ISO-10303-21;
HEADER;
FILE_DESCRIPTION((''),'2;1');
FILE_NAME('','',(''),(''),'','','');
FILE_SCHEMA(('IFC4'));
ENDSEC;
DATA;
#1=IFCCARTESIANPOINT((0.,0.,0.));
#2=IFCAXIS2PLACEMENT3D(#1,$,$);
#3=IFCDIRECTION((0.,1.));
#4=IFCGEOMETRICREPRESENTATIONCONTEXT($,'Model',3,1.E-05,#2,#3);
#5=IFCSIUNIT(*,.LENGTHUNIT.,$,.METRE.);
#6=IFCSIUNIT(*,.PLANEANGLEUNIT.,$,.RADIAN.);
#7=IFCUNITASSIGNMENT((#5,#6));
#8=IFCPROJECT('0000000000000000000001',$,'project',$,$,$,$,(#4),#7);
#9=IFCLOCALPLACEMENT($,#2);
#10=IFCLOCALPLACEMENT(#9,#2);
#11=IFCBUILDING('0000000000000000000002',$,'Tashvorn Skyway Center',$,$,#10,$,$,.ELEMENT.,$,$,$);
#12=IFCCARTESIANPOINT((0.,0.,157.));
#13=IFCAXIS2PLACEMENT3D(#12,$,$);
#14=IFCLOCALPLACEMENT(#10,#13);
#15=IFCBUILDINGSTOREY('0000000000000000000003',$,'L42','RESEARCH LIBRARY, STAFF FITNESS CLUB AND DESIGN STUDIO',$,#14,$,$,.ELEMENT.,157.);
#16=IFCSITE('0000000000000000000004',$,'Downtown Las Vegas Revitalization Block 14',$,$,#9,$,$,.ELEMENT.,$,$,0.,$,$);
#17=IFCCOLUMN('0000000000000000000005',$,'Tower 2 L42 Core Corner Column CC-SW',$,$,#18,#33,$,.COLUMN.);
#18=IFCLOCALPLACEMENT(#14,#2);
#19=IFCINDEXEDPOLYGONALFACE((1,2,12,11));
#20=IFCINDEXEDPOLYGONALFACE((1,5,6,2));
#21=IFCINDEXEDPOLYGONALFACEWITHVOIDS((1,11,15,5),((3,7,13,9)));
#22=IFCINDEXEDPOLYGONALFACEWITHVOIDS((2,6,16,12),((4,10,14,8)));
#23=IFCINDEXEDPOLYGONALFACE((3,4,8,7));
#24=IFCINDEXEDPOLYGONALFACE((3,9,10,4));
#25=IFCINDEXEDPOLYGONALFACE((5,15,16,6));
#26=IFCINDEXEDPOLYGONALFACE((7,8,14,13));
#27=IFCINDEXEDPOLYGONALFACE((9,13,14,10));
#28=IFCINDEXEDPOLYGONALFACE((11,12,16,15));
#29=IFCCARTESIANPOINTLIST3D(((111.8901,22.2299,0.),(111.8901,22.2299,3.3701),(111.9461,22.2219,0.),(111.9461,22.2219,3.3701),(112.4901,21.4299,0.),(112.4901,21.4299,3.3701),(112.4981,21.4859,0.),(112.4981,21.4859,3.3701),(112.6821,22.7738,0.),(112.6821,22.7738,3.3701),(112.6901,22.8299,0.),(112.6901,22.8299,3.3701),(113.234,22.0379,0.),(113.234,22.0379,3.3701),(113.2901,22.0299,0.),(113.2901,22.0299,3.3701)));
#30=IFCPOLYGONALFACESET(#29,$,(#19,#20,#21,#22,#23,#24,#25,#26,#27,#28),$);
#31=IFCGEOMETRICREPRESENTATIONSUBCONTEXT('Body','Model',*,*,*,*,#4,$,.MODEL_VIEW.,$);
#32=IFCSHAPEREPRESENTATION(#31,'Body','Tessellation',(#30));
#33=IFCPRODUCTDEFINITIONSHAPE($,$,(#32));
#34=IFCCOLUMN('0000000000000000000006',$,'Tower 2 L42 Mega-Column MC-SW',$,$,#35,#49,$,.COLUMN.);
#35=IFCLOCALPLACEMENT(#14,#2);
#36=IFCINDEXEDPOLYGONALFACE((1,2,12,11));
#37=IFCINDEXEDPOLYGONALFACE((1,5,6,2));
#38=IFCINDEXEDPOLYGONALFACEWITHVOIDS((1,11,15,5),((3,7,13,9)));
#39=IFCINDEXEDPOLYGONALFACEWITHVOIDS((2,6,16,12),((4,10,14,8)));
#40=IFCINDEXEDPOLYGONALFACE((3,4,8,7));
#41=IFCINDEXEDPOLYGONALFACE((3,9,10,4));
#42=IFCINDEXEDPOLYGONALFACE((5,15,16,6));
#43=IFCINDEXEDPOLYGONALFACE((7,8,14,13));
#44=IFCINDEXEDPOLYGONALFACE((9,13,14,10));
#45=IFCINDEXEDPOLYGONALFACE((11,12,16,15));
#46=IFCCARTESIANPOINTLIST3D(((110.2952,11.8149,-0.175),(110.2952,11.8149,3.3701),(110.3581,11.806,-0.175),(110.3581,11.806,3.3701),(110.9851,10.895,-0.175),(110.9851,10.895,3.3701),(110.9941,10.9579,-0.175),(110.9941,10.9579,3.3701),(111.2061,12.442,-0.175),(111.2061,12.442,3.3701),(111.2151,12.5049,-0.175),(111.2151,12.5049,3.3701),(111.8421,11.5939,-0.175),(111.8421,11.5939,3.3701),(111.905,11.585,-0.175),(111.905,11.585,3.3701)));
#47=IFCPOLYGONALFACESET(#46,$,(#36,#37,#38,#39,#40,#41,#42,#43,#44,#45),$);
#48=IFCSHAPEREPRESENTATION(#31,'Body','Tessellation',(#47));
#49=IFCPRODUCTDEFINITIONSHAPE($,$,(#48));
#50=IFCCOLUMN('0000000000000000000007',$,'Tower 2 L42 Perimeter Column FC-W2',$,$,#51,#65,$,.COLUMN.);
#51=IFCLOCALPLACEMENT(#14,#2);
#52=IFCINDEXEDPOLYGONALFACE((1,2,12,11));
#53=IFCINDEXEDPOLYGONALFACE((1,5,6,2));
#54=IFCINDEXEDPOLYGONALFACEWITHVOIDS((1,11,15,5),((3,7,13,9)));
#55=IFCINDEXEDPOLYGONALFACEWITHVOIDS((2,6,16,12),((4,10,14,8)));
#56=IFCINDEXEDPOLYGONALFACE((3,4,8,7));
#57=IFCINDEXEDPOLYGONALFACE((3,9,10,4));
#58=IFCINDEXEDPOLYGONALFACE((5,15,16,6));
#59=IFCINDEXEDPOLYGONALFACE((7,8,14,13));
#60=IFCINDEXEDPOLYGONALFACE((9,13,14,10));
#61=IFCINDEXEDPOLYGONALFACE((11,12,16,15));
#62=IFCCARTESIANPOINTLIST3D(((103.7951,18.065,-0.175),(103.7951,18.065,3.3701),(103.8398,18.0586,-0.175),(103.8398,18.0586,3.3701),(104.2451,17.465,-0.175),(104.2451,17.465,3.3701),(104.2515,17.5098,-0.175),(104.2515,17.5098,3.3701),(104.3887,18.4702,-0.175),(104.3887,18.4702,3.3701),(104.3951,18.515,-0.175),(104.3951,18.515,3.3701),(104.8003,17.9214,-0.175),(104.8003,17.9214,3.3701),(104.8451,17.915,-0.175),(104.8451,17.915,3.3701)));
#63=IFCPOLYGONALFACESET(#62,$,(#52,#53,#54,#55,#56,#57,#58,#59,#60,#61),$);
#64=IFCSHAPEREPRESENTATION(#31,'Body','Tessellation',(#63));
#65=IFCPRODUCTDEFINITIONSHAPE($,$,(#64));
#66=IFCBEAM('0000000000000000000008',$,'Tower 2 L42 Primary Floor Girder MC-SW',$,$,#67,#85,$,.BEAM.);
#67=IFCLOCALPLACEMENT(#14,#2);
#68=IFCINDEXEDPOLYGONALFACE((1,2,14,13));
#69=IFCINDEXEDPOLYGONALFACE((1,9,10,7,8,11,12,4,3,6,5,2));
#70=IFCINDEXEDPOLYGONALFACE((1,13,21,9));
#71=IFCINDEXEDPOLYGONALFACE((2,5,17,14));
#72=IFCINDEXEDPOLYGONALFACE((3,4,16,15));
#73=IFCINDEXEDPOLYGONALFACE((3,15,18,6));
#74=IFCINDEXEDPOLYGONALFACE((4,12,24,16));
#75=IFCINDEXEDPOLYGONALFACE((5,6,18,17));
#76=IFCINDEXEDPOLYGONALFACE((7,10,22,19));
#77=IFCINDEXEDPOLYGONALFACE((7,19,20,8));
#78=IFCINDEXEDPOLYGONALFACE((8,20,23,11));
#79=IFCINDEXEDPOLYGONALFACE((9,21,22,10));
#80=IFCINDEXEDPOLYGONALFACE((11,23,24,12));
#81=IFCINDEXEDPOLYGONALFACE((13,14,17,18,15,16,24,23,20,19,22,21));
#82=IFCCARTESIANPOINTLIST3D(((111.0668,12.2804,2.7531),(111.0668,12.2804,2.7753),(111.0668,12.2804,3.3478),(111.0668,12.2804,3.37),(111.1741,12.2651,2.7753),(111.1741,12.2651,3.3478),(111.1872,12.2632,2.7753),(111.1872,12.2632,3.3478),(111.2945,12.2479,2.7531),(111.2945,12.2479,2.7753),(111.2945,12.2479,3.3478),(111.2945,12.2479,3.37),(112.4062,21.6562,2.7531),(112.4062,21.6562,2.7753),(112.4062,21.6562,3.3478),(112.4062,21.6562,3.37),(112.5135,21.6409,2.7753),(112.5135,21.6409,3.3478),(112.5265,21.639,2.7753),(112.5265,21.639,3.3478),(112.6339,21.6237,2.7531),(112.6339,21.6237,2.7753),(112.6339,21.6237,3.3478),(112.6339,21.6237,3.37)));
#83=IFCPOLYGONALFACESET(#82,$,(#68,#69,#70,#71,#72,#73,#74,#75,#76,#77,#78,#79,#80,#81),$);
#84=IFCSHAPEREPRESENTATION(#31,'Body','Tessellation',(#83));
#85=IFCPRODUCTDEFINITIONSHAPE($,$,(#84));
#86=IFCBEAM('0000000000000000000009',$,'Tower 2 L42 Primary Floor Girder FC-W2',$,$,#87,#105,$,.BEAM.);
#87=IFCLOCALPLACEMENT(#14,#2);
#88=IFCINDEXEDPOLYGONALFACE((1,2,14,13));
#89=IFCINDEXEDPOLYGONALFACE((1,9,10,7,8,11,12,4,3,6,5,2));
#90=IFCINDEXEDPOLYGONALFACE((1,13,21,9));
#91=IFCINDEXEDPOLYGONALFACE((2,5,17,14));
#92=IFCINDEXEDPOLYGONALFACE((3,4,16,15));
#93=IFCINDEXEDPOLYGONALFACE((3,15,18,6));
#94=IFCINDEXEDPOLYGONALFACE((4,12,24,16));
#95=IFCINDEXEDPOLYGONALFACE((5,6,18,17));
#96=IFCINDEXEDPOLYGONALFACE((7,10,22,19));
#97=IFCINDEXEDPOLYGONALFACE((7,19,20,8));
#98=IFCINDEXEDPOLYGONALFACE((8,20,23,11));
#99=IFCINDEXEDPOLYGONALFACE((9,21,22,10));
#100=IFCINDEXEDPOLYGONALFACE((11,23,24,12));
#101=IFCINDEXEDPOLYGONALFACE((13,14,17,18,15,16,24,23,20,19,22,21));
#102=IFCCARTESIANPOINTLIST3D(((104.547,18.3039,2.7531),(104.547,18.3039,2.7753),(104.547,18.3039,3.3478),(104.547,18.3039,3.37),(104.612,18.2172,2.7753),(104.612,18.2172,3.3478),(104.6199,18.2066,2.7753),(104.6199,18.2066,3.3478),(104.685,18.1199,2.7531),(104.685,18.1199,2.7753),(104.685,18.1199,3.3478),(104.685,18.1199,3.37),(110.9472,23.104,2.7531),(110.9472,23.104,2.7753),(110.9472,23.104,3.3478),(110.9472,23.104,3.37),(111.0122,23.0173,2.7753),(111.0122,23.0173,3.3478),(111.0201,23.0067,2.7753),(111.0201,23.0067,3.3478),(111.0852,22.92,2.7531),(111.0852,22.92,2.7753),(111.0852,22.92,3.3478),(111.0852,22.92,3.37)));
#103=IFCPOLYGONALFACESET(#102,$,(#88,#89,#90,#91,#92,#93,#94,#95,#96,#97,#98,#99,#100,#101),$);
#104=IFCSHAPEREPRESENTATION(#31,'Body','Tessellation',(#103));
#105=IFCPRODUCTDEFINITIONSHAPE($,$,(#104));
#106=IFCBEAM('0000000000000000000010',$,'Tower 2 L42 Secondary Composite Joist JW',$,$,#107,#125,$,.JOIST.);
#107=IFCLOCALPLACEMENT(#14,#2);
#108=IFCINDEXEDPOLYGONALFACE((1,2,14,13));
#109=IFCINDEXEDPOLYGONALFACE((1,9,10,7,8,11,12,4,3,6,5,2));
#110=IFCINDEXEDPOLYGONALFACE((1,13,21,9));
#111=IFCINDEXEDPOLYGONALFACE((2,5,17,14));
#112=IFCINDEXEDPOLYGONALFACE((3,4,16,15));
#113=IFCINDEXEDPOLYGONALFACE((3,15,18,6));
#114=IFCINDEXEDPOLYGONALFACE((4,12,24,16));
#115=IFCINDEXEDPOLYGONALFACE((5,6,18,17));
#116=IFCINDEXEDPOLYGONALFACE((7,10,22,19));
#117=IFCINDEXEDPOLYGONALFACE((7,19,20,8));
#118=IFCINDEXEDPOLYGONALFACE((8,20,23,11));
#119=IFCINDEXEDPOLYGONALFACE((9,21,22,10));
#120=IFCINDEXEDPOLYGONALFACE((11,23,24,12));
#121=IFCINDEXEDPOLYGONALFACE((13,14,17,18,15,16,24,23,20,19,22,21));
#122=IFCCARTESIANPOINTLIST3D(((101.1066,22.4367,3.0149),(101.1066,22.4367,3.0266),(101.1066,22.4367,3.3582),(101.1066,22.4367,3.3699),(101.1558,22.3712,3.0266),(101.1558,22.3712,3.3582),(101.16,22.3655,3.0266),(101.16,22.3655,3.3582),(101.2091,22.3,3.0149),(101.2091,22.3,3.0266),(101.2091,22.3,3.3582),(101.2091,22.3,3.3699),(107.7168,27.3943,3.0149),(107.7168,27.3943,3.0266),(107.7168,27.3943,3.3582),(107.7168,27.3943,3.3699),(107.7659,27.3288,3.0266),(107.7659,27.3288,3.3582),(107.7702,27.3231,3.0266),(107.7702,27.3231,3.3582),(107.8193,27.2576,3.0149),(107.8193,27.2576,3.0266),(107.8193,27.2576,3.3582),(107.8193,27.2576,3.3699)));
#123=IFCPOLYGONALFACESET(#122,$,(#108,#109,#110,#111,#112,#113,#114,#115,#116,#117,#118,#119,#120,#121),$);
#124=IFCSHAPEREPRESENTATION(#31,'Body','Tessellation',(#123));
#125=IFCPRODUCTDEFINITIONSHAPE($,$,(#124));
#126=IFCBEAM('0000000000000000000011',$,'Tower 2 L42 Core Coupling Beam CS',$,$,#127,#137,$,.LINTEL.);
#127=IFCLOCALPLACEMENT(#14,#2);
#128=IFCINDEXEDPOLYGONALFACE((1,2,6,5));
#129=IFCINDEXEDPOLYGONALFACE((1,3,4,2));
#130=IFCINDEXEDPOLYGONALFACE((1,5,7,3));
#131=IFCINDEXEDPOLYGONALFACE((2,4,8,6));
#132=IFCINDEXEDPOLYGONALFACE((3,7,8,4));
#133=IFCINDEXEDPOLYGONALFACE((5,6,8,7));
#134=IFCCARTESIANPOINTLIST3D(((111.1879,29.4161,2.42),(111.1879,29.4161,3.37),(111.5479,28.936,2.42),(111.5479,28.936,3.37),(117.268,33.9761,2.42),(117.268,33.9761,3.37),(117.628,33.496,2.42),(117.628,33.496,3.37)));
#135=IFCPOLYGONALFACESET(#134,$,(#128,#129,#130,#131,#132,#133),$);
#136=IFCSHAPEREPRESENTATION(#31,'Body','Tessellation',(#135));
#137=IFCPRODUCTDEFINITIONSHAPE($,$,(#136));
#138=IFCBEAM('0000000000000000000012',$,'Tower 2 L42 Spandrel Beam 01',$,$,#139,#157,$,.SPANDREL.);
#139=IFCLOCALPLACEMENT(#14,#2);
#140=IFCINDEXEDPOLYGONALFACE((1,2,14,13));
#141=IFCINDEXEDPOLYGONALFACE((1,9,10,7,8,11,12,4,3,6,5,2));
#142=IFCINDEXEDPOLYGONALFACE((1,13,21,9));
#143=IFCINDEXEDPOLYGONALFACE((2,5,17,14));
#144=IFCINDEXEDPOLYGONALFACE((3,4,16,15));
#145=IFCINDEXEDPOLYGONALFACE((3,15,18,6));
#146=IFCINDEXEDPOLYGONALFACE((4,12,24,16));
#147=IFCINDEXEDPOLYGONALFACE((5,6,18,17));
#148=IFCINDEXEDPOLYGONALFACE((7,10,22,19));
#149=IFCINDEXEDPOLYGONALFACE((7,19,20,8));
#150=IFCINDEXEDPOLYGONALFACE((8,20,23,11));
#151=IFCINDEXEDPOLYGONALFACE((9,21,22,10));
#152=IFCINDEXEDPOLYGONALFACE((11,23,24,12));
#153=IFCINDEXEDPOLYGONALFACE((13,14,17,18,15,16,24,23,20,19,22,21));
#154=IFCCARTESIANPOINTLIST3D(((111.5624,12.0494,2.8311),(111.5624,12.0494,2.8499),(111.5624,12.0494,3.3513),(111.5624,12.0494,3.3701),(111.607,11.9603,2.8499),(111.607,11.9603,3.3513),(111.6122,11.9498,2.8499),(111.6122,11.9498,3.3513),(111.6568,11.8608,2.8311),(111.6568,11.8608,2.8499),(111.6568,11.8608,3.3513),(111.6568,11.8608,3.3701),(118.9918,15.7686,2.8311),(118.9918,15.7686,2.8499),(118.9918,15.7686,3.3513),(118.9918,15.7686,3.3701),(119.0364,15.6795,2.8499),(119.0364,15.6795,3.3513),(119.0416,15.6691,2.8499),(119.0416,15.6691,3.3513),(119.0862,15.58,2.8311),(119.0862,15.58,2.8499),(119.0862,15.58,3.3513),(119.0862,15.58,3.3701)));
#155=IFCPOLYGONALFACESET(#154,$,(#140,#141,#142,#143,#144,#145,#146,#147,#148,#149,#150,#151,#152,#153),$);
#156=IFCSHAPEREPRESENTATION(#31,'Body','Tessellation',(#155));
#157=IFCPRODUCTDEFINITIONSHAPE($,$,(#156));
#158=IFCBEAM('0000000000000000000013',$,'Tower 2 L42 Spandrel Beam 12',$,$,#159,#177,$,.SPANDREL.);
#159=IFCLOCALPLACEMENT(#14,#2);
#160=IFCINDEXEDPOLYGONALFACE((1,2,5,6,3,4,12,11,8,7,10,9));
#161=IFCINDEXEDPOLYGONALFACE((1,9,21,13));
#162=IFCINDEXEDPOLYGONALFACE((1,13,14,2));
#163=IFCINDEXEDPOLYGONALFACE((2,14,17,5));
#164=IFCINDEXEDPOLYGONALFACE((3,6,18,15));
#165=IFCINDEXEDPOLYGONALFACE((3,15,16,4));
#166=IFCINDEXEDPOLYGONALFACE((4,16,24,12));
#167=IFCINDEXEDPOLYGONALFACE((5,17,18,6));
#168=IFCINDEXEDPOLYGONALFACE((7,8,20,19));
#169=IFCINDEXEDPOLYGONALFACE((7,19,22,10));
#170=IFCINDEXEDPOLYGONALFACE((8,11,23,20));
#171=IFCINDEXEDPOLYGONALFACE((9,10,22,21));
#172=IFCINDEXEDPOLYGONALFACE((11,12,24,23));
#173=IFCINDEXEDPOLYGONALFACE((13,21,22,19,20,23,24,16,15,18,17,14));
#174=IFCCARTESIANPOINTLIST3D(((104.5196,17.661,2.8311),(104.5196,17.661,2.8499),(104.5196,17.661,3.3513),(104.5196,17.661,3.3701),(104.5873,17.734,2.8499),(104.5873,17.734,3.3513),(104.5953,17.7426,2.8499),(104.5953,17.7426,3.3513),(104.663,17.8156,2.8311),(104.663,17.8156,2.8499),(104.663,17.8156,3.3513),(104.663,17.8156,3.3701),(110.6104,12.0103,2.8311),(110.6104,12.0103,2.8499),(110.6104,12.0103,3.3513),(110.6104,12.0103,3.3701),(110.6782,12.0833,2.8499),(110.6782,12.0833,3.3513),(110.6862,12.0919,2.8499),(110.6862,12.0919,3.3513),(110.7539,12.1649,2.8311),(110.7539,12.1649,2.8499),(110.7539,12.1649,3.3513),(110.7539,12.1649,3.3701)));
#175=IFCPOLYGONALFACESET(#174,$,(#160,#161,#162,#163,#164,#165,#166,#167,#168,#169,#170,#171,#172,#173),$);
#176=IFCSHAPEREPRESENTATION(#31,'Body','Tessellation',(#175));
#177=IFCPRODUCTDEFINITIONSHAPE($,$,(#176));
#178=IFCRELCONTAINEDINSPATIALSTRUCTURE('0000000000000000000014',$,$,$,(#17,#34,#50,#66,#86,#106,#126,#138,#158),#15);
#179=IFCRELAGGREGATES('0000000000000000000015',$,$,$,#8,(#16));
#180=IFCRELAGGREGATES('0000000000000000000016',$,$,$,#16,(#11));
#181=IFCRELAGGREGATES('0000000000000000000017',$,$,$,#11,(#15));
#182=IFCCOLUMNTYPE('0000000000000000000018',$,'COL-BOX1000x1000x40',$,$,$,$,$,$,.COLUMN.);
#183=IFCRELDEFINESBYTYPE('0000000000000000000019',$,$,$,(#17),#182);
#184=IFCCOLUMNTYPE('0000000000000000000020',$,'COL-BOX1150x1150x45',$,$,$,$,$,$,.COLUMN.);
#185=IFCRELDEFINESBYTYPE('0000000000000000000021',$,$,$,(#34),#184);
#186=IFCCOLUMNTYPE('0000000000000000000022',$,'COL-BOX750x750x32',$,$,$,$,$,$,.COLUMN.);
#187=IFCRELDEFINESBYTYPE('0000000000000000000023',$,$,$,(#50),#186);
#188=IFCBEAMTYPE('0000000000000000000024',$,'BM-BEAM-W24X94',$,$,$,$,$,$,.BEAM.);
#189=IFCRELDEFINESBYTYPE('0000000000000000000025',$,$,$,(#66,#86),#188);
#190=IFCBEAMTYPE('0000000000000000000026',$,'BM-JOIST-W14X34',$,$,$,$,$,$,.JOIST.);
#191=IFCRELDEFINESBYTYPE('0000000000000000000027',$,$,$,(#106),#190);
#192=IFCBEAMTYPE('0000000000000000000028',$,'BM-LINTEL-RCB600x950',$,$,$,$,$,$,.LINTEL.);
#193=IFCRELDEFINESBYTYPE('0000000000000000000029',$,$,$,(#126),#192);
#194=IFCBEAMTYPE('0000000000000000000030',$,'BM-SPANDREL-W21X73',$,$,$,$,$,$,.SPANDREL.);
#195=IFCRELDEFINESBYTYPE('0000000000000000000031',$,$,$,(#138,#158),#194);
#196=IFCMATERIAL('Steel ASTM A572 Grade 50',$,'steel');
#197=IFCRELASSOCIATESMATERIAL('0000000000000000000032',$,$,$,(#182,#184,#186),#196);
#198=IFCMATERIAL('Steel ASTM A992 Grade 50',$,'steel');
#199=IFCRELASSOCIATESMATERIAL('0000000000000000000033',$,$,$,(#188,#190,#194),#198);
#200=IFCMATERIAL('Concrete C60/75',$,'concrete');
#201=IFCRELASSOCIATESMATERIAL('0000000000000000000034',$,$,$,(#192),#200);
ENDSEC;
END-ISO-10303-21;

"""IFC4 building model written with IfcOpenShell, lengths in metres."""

from ifc_helpers import new_model, si_unit, direction, frame, origin, origin_2d, place, context, subcontext, project, spatial, rectangle, hollow_rectangle, i_section, extrude, material, material_profile, profile_set, type_object, element, save


model = new_model("IFC4")

# Units and contexts
model_context = context("Model", 3, precision=1e-05, world=origin(), true_north=direction((0.0, 1.0)))
body_context = subcontext(model_context, "Body", "Model", "MODEL_VIEW")
ifc_project = project(units=[si_unit("LENGTHUNIT", "METRE"), si_unit("PLANEANGLEUNIT", "RADIAN")], contexts=[model_context])

# Site, building, storey
site_placement = place(None, origin())
site = spatial("IfcSite", under=ifc_project, at=site_placement, Name="Downtown Las Vegas Revitalization Block 14", CompositionType="ELEMENT", RefElevation=0.0)
building_placement = place(site_placement, origin())
building = spatial("IfcBuilding", under=site, at=building_placement, Name="Tashvorn Skyway Center", CompositionType="ELEMENT")
storey_placement = place(building_placement, frame((0.0, 0.0, 157.0)))
storey = spatial("IfcBuildingStorey", under=building, at=storey_placement, Name="L42", Description="RESEARCH LIBRARY, STAFF FITNESS CLUB AND DESIGN STUDIO", CompositionType="ELEMENT", Elevation=157.0)

# Columns
ifc_material_1 = material(Name="Steel ASTM A572 Grade 50", Category="steel")
ifc_material_profile_1 = material_profile(ifc_material_1, hollow_rectangle(XDim=1.0, YDim=1.0, WallThickness=0.04, at=origin_2d()), Name="BOX1000x1000x40")
ifc_profile_set_1 = profile_set([ifc_material_profile_1], Name="Steel ASTM A572 Grade 50")
column_type_1 = type_object("IfcColumnType", Name="COL-BOX1000x1000x40", PredefinedType="COLUMN", material=ifc_profile_set_1)
column_1_placement = place(storey_placement, frame((112.5901, 22.1299, 0.0), z_axis=(0.0, 0.0, 1.0), x_axis=(0.8, 0.6, 0.0)))
element("IfcColumn", 1, at=column_1_placement, inside=storey, type_object=column_type_1, Name="Tower 2 L42 Core Corner Column CC-SW", PredefinedType="COLUMN", context=body_context, shape_type="SweptSolid", body=[
    extrude(hollow_rectangle(XDim=1.0, YDim=1.0, WallThickness=0.04, at=origin_2d()), origin(), (0.0, 0.0, 1.0), 3.3701),
])
ifc_material_profile_2 = material_profile(ifc_material_1, hollow_rectangle(XDim=1.1499, YDim=1.1499, WallThickness=0.0449, at=origin_2d()), Name="BOX1150x1150x45")
ifc_profile_set_2 = profile_set([ifc_material_profile_2], Name="Steel ASTM A572 Grade 50")
column_type_2 = type_object("IfcColumnType", Name="COL-BOX1150x1150x45", PredefinedType="COLUMN", material=ifc_profile_set_2)
column_2_placement = place(storey_placement, frame((111.1001, 11.7, -0.175), z_axis=(0.0, 0.0, 1.0), x_axis=(0.8, 0.6, 0.0)))
element("IfcColumn", 2, at=column_2_placement, inside=storey, type_object=column_type_2, Name="Tower 2 L42 Mega-Column MC-SW", PredefinedType="COLUMN", context=body_context, shape_type="SweptSolid", body=[
    extrude(hollow_rectangle(XDim=1.1499, YDim=1.1499, WallThickness=0.0449, at=origin_2d()), origin(), (0.0, 0.0, 1.0), 3.5452),
])
ifc_material_profile_3 = material_profile(ifc_material_1, hollow_rectangle(XDim=0.75, YDim=0.75, WallThickness=0.032, at=origin_2d()), Name="BOX750x750x32")
ifc_profile_set_3 = profile_set([ifc_material_profile_3], Name="Steel ASTM A572 Grade 50")
column_type_3 = type_object("IfcColumnType", Name="COL-BOX750x750x32", PredefinedType="COLUMN", material=ifc_profile_set_3)
column_3_placement = place(storey_placement, frame((104.3201, 17.99, -0.175), z_axis=(0.0, 0.0, 1.0), x_axis=(0.8, 0.6, 0.0)))
element("IfcColumn", 3, at=column_3_placement, inside=storey, type_object=column_type_3, Name="Tower 2 L42 Perimeter Column FC-W2", PredefinedType="COLUMN", context=body_context, shape_type="SweptSolid", body=[
    extrude(hollow_rectangle(XDim=0.75, YDim=0.75, WallThickness=0.032, at=origin_2d()), origin(), (0.0, 0.0, 1.0), 3.5452),
])

# Beams
ifc_material_2 = material(Name="Steel ASTM A992 Grade 50", Category="steel")
ifc_material_profile_4 = material_profile(ifc_material_2, i_section(OverallWidth=0.23, OverallDepth=0.6169, WebThickness=0.0132, FlangeThickness=0.0222, at=origin_2d()), Name="W24X94")
ifc_profile_set_4 = profile_set([ifc_material_profile_4], Name="Steel ASTM A992 Grade 50")
beam_type_1 = type_object("IfcBeamType", Name="BM-BEAM-W24X94", PredefinedType="BEAM", material=ifc_profile_set_4)
beam_1_placement = place(storey_placement, frame((111.1807, 12.2642, 3.0615), z_axis=(0.141418, 0.98995, 0.0), x_axis=(-0.98995, 0.141418, 0.0)))
element("IfcBeam", 4, at=beam_1_placement, inside=storey, type_object=beam_type_1, Name="Tower 2 L42 Primary Floor Girder MC-SW", PredefinedType="BEAM", context=body_context, shape_type="SweptSolid", body=[
    extrude(i_section(OverallWidth=0.23, OverallDepth=0.6169, WebThickness=0.0132, FlangeThickness=0.0222, at=origin_2d()), origin(), (0.0, 0.0, 1.0), 9.4709),
])
beam_2_placement = place(storey_placement, frame((104.616, 18.2119, 3.0615), z_axis=(0.800004, 0.599995, 0.0), x_axis=(-0.599995, 0.800004, 0.0)))
element("IfcBeam", 5, at=beam_2_placement, inside=storey, type_object=beam_type_1, Name="Tower 2 L42 Primary Floor Girder FC-W2", PredefinedType="BEAM", context=body_context, shape_type="SweptSolid", body=[
    extrude(i_section(OverallWidth=0.23, OverallDepth=0.6169, WebThickness=0.0132, FlangeThickness=0.0222, at=origin_2d()), origin(), (0.0, 0.0, 1.0), 8.0002),
])
ifc_material_profile_5 = material_profile(ifc_material_2, i_section(OverallWidth=0.1709, OverallDepth=0.355, WebThickness=0.0071, FlangeThickness=0.0117, at=origin_2d()), Name="W14X34")
ifc_profile_set_5 = profile_set([ifc_material_profile_5], Name="Steel ASTM A992 Grade 50")
beam_type_2 = type_object("IfcBeamType", Name="BM-JOIST-W14X34", PredefinedType="JOIST", material=ifc_profile_set_5)
beam_3_placement = place(storey_placement, frame((107.7681, 27.3259, 3.1924), z_axis=(-0.800004, -0.599995, 0.0), x_axis=(0.599995, -0.800004, 0.0)))
element("IfcBeam", 6, at=beam_3_placement, inside=storey, type_object=beam_type_2, Name="Tower 2 L42 Secondary Composite Joist JW", PredefinedType="JOIST", context=body_context, shape_type="SweptSolid", body=[
    extrude(i_section(OverallWidth=0.1709, OverallDepth=0.355, WebThickness=0.0071, FlangeThickness=0.0117, at=origin_2d()), origin(), (0.0, 0.0, 1.0), 8.2627),
])
ifc_material_3 = material(Name="Concrete C60/75", Category="concrete")
ifc_material_profile_6 = material_profile(ifc_material_3, rectangle(XDim=0.6001, YDim=0.95, at=origin_2d()), Name="RCB600x950")
ifc_profile_set_6 = profile_set([ifc_material_profile_6], Name="Concrete C60/75")
beam_type_3 = type_object("IfcBeamType", Name="BM-LINTEL-RCB600x950", PredefinedType="LINTEL", material=ifc_profile_set_6)
beam_4_placement = place(storey_placement, frame((111.3679, 29.176, 2.895), z_axis=(0.8, 0.6, 0.0), x_axis=(-0.6, 0.8, 0.0)))
element("IfcBeam", 7, at=beam_4_placement, inside=storey, type_object=beam_type_3, Name="Tower 2 L42 Core Coupling Beam CS", PredefinedType="LINTEL", context=body_context, shape_type="SweptSolid", body=[
    extrude(rectangle(XDim=0.6001, YDim=0.95, at=origin_2d()), origin(), (0.0, 0.0, 1.0), 7.6001),
])
ifc_material_profile_7 = material_profile(ifc_material_2, i_section(OverallWidth=0.2109, OverallDepth=0.5391, WebThickness=0.0117, FlangeThickness=0.0188, at=origin_2d()), Name="W21X73")
ifc_profile_set_7 = profile_set([ifc_material_profile_7], Name="Steel ASTM A992 Grade 50")
beam_type_4 = type_object("IfcBeamType", Name="BM-SPANDREL-W21X73", PredefinedType="SPANDREL", material=ifc_profile_set_7)
for number, where, z_axis, x_axis, name in (
    (8, (111.6096, 11.9551, 3.1006), (0.89421, 0.447648, 0.0), (-0.447648, 0.89421, 0.0), "Tower 2 L42 Spandrel Beam 01"),
    (9, (104.5913, 17.7383, 3.1006), (0.733101, -0.68012, 0.0), (0.68012, 0.733101, 0.0), "Tower 2 L42 Spandrel Beam 12"),
):
    element("IfcBeam", number, at=place(storey_placement, frame(where, z_axis=z_axis, x_axis=x_axis)), inside=storey, type_object=beam_type_4, Name=name, PredefinedType="SPANDREL", context=body_context, shape_type="SweptSolid", body=[
        extrude(i_section(OverallWidth=0.2109, OverallDepth=0.5391, WebThickness=0.0117, FlangeThickness=0.0188, at=origin_2d()), origin(), (0.0, 0.0, 1.0), 8.3083),
    ])

save(model, "model.ifc")
